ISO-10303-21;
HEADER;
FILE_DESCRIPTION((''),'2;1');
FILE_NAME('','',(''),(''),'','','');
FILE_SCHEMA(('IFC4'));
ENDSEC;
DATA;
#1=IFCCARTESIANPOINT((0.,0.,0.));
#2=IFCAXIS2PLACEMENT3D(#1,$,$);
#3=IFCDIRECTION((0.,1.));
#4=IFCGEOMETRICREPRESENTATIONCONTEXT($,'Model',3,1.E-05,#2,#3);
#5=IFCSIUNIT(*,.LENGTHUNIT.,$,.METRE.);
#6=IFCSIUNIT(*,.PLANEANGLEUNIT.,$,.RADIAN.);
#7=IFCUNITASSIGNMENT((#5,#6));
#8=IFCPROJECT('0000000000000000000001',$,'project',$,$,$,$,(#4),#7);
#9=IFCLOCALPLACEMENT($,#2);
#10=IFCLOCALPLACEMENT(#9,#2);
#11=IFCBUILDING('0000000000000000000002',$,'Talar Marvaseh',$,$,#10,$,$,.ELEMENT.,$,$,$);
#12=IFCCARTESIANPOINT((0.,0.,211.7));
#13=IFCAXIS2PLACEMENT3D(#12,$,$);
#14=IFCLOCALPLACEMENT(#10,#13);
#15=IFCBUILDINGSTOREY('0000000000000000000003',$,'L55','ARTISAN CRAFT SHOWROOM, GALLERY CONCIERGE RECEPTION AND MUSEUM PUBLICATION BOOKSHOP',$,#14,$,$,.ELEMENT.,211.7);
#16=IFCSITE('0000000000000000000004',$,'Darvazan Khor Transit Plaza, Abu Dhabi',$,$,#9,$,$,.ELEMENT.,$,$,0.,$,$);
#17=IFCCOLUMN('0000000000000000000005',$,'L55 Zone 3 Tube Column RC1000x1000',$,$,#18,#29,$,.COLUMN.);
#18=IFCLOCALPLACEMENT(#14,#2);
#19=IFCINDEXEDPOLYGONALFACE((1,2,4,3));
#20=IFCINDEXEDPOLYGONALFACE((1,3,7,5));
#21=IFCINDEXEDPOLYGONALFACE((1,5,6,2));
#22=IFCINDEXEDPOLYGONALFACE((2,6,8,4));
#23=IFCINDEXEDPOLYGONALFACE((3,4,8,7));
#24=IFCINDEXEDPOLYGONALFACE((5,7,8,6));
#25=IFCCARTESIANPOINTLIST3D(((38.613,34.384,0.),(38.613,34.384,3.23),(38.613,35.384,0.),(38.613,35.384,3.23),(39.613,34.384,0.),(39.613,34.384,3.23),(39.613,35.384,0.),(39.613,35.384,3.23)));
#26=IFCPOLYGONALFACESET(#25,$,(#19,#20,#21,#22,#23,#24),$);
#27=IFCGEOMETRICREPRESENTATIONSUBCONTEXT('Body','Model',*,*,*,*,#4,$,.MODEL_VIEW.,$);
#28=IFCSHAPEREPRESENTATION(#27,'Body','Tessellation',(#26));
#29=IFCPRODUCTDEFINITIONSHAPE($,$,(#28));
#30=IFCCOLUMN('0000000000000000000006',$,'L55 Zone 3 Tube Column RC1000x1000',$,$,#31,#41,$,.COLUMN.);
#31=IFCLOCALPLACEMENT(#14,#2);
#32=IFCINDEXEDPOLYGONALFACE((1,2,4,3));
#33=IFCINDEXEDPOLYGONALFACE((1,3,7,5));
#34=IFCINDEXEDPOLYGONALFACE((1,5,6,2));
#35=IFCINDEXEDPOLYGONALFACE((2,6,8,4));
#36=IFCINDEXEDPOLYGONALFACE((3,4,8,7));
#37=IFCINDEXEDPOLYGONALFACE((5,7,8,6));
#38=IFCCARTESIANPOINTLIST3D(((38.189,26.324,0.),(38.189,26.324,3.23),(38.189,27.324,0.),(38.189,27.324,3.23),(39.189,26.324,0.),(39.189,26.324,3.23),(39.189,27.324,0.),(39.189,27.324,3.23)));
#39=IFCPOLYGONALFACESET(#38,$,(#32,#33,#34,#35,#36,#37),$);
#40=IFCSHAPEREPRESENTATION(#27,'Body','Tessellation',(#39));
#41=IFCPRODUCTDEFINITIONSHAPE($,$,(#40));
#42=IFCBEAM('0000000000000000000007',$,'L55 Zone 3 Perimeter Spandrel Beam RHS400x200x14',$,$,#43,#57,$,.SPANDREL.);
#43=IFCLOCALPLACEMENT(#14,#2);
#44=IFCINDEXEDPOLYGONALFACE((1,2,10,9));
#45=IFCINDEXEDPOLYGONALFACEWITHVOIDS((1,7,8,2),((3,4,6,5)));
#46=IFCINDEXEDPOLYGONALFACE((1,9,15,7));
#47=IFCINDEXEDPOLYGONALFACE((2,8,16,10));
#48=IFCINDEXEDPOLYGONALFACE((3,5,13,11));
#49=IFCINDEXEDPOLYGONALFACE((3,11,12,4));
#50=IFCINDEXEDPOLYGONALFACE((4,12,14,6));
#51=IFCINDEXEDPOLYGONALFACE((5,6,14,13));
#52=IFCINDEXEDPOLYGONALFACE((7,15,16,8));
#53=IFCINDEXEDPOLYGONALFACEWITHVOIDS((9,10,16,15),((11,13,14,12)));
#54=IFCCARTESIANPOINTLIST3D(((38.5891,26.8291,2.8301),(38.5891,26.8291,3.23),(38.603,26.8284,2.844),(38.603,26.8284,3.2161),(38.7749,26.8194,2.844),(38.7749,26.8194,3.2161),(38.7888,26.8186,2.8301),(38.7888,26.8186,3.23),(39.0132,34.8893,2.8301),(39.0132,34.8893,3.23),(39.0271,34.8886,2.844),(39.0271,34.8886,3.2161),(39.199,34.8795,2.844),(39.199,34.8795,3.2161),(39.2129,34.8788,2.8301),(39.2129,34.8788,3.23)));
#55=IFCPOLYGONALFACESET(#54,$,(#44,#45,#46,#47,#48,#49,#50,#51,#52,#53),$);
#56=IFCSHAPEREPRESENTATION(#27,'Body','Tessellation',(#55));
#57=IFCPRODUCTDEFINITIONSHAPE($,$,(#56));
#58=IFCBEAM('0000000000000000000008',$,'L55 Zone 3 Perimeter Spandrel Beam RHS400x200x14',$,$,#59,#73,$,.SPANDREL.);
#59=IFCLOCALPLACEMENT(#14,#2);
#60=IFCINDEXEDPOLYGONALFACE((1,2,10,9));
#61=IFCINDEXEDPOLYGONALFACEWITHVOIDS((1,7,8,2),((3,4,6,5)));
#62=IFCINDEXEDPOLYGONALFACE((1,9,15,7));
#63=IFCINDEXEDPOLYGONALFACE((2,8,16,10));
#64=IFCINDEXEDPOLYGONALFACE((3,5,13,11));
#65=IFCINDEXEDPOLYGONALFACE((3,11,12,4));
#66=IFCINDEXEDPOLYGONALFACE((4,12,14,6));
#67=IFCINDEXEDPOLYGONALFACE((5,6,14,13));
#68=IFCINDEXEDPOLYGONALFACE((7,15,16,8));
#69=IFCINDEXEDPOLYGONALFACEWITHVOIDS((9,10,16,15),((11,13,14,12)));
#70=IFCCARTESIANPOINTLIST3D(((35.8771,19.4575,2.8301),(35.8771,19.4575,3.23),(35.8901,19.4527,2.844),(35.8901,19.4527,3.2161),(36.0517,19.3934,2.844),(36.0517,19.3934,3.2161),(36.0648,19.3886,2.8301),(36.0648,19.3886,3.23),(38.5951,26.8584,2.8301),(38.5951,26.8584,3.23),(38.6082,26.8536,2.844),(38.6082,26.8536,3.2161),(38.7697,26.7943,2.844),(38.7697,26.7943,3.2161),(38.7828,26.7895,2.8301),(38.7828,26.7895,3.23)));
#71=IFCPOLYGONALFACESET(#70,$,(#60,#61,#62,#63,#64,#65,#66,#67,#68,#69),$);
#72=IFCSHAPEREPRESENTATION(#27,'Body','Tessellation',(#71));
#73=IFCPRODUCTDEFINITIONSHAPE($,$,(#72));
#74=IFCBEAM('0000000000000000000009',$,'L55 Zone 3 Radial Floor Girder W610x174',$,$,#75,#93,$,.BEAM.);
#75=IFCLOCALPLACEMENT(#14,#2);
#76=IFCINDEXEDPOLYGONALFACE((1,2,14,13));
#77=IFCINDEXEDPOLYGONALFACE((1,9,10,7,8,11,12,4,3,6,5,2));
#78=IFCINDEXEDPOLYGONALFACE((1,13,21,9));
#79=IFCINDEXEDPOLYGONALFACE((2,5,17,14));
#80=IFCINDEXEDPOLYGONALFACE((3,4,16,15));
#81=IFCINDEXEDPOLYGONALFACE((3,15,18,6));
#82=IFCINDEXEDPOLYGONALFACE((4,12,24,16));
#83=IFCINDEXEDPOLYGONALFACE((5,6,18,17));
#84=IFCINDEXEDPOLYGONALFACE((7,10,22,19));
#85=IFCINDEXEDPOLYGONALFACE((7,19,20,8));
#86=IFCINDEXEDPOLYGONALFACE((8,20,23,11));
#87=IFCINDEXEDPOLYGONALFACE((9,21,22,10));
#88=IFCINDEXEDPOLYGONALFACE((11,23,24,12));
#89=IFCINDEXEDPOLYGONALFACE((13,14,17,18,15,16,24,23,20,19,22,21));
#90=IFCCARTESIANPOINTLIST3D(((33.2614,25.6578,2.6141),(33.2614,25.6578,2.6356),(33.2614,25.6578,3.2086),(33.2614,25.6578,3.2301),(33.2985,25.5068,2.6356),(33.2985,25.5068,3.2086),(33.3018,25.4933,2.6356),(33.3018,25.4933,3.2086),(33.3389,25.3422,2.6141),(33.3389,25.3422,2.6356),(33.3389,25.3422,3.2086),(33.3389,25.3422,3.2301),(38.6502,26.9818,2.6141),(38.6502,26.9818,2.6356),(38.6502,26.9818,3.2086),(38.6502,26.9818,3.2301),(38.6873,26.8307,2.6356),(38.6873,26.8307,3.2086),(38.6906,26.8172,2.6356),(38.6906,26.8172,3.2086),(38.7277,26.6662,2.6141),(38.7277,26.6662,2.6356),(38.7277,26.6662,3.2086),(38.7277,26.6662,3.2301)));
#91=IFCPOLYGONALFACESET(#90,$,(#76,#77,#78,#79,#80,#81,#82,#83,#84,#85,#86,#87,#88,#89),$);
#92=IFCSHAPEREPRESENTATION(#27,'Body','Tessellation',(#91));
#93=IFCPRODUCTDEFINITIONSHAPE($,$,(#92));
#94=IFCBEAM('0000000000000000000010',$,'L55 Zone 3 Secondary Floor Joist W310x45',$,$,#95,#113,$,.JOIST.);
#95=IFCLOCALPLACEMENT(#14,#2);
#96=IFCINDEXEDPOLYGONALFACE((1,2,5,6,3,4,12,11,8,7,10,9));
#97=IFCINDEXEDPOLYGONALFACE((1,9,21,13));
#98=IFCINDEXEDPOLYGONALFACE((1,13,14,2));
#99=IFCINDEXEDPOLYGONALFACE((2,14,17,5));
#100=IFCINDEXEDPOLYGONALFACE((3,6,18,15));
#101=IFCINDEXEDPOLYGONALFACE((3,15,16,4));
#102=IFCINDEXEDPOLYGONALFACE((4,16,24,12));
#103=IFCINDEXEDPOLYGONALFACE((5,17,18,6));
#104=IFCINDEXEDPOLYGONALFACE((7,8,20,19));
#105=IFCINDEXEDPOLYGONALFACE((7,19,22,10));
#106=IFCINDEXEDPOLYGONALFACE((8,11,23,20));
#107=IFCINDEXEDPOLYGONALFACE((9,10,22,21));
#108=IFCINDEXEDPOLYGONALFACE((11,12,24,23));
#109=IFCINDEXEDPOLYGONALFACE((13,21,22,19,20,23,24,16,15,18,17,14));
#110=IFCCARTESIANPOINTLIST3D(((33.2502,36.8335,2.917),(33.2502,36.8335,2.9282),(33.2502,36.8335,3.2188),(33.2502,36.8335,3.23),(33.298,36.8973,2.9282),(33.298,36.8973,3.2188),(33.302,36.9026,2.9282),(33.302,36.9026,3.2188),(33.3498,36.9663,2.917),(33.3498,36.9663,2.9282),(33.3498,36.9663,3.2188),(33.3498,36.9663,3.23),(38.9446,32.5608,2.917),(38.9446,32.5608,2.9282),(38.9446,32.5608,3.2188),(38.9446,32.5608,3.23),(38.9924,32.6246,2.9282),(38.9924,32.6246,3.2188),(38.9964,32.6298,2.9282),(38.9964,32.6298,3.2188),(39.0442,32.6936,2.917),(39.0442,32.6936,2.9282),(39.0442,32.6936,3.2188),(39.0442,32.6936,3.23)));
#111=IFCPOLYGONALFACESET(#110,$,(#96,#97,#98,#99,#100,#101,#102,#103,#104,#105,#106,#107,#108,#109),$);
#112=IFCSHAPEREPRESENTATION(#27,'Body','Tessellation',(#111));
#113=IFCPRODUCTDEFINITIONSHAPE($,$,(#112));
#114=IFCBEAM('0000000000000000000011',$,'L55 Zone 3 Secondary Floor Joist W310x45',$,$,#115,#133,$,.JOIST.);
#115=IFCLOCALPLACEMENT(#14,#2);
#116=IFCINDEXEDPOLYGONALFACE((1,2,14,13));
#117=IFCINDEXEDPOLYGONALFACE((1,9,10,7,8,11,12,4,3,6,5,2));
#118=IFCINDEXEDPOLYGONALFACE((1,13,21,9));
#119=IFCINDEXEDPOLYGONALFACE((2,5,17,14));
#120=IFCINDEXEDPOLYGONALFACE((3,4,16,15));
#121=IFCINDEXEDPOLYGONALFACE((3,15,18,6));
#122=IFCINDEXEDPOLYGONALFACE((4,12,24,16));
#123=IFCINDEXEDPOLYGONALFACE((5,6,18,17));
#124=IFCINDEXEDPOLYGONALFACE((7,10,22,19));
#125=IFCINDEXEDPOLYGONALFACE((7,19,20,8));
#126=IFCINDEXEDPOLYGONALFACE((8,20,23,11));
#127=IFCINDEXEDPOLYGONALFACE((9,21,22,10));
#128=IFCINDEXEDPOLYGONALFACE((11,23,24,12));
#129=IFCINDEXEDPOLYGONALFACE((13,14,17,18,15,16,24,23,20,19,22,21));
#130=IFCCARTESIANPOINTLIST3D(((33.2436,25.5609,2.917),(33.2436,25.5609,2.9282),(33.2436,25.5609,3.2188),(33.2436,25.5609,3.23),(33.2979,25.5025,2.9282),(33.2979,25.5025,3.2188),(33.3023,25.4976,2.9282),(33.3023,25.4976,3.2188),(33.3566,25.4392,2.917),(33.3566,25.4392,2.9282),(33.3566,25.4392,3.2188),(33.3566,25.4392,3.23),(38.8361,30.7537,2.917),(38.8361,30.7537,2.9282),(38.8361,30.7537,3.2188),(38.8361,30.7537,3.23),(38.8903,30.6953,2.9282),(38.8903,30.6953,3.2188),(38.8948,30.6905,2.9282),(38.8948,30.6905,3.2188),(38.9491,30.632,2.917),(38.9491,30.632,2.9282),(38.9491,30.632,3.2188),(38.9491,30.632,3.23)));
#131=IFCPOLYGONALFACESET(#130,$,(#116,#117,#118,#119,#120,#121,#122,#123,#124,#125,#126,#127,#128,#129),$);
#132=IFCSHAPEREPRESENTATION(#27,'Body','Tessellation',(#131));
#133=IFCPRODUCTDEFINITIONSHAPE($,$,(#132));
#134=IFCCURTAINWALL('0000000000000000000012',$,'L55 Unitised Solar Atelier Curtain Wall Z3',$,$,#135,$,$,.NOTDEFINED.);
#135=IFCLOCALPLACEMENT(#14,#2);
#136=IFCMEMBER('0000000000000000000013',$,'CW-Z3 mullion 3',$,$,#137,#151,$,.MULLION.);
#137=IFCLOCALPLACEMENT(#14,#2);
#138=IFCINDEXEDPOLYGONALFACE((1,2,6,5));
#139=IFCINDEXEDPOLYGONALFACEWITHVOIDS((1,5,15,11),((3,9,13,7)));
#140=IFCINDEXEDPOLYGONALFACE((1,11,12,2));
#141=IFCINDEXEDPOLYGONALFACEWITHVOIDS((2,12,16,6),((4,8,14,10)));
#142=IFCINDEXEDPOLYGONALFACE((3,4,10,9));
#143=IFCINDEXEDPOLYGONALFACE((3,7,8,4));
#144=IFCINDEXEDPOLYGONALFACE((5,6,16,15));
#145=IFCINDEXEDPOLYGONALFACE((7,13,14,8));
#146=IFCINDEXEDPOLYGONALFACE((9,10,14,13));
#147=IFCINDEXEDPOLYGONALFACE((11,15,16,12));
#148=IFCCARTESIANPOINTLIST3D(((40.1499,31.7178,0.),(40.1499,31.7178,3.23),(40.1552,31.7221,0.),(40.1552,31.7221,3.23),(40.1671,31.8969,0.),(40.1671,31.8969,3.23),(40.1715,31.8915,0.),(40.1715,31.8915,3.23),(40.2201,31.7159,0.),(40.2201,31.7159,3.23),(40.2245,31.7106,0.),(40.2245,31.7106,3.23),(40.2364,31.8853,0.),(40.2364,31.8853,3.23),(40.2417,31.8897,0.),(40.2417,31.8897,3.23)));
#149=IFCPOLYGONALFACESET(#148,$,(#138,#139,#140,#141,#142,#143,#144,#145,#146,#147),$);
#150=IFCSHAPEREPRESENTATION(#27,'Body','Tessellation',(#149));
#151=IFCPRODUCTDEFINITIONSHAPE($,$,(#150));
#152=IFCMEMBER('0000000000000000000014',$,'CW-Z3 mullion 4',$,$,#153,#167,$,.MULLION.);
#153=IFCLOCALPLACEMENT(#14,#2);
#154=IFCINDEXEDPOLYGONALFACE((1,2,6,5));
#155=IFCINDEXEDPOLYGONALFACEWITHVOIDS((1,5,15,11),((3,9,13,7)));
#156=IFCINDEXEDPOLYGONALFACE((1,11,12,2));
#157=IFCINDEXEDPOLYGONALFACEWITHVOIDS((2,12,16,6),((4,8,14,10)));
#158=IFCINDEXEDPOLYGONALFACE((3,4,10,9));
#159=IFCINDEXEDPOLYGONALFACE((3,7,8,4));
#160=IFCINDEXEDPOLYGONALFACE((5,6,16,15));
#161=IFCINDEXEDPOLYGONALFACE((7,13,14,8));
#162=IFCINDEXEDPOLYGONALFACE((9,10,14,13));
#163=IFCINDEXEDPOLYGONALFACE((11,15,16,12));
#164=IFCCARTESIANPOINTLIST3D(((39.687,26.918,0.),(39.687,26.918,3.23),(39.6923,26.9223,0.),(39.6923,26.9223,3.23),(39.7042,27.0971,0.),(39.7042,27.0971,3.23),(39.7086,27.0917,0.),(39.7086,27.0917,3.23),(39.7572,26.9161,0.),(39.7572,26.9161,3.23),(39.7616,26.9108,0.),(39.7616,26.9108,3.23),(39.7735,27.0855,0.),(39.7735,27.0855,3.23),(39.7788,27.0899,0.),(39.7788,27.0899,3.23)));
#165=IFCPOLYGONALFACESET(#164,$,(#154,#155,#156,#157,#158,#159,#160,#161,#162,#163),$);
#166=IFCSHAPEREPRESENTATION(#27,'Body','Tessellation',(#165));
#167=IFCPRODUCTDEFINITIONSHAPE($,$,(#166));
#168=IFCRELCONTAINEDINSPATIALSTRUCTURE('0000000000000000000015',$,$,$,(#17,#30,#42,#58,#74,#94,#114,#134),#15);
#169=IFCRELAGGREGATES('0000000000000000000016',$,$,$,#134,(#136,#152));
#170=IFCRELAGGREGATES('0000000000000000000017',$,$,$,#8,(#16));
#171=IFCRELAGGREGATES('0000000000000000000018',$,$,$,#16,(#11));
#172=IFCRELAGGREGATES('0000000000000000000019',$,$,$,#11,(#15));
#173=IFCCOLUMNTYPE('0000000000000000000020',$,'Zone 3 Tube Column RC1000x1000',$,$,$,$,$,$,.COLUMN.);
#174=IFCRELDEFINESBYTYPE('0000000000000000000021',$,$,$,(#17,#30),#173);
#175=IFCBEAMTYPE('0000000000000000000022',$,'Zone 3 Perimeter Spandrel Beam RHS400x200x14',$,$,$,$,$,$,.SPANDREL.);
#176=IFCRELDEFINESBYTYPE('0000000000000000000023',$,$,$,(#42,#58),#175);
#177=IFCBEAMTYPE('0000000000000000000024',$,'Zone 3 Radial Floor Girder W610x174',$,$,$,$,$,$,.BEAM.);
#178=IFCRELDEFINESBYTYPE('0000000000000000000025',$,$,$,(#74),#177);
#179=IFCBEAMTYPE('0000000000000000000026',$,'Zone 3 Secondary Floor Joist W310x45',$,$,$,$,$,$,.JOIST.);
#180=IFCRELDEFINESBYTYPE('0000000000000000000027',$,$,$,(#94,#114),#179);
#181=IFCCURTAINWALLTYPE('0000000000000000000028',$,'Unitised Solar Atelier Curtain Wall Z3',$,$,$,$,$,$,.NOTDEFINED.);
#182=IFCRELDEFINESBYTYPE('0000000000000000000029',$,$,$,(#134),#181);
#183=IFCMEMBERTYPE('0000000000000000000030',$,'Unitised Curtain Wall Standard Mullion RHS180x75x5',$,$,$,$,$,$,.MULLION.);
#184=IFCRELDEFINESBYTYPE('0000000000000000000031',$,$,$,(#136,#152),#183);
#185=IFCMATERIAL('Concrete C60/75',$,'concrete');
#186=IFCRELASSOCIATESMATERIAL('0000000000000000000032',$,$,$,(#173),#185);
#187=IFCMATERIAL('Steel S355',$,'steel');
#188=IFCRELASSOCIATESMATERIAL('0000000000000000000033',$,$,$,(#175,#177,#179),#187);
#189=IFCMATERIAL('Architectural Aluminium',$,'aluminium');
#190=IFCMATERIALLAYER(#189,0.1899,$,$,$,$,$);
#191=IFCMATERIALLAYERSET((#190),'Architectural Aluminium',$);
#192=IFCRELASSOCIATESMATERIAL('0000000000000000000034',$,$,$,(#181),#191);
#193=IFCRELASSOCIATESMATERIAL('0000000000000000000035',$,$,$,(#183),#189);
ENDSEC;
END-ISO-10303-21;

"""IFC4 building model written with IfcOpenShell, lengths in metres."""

from ifc_helpers import new_model, si_unit, direction, frame, origin, origin_2d, place, context, subcontext, project, spatial, rectangle, hollow_rectangle, i_section, extrude, source, transform, mapped, material, layer, layer_set, material_profile, profile_set, type_object, type_shapes, element, aggregate, save


model = new_model("IFC4")

# Units and contexts
model_context = context("Model", 3, precision=1e-05, world=origin(), true_north=direction((0.0, 1.0)))
body_context = subcontext(model_context, "Body", "Model", "MODEL_VIEW")
ifc_project = project(units=[si_unit("LENGTHUNIT", "METRE"), si_unit("PLANEANGLEUNIT", "RADIAN")], contexts=[model_context])

# Site, building, storey
site_placement = place(None, origin())
site = spatial("IfcSite", under=ifc_project, at=site_placement, Name="Darvazan Khor Transit Plaza, Abu Dhabi", CompositionType="ELEMENT", RefElevation=0.0)
building_placement = place(site_placement, origin())
building = spatial("IfcBuilding", under=site, at=building_placement, Name="Talar Marvaseh", CompositionType="ELEMENT")
storey_placement = place(building_placement, frame((0.0, 0.0, 211.7)))
storey = spatial("IfcBuildingStorey", under=building, at=storey_placement, Name="L55", Description="ARTISAN CRAFT SHOWROOM, GALLERY CONCIERGE RECEPTION AND MUSEUM PUBLICATION BOOKSHOP", CompositionType="ELEMENT", Elevation=211.7)

# Columns
ifc_material_1 = material(Name="Concrete C60/75", Category="concrete")
ifc_material_profile_1 = material_profile(ifc_material_1, rectangle(XDim=1.0, YDim=1.0, at=origin_2d()), Name="RC1000x1000")
ifc_profile_set_1 = profile_set([ifc_material_profile_1], Name="Concrete C60/75")
column_type = type_object("IfcColumnType", Name="Zone 3 Tube Column RC1000x1000", PredefinedType="COLUMN", material=ifc_profile_set_1)
for number, where, z_axis, x_axis, name in (
    (1, (39.113, 34.884, 0.0), (0.0, 0.0, 1.0), (1.0, 0.0, 0.0), "L55 Zone 3 Tube Column RC1000x1000"),
    (2, (38.689, 26.824, 0.0), (0.0, 0.0, 1.0), (1.0, 0.0, 0.0), "L55 Zone 3 Tube Column RC1000x1000"),
):
    element("IfcColumn", number, at=place(storey_placement, frame(where, z_axis=z_axis, x_axis=x_axis)), inside=storey, type_object=column_type, Name=name, PredefinedType="COLUMN", context=body_context, shape_type="SweptSolid", body=[
        extrude(rectangle(XDim=1.0, YDim=1.0, at=origin_2d()), origin(), (0.0, 0.0, 1.0), 3.23),
    ])

# Beams
ifc_material_2 = material(Name="Steel S355", Category="steel")
ifc_material_profile_2 = material_profile(ifc_material_2, hollow_rectangle(XDim=0.2, YDim=0.3999, WallThickness=0.0139, at=origin_2d()), Name="RHS400x200x14")
ifc_profile_set_2 = profile_set([ifc_material_profile_2], Name="Steel S355")
beam_type_1 = type_object("IfcBeamType", Name="Zone 3 Perimeter Spandrel Beam RHS400x200x14", PredefinedType="SPANDREL", material=ifc_profile_set_2)
beam_1_placement = place(storey_placement, frame((39.113, 34.884, 3.03), z_axis=(-0.052541, -0.998619, 0.0), x_axis=(0.998619, -0.052541, 0.0)))
element("IfcBeam", 3, at=beam_1_placement, inside=storey, type_object=beam_type_1, Name="L55 Zone 3 Perimeter Spandrel Beam RHS400x200x14", PredefinedType="SPANDREL", context=body_context, shape_type="SweptSolid", body=[
    extrude(hollow_rectangle(XDim=0.2, YDim=0.3999, WallThickness=0.0139, at=origin_2d()), origin(), (0.0, 0.0, 1.0), 8.0713),
])
beam_2_placement = place(storey_placement, frame((38.689, 26.824, 3.03), z_axis=(-0.344742, -0.938697, 0.0), x_axis=(0.938697, -0.344742, 0.0)))
element("IfcBeam", 4, at=beam_2_placement, inside=storey, type_object=beam_type_1, Name="L55 Zone 3 Perimeter Spandrel Beam RHS400x200x14", PredefinedType="SPANDREL", context=body_context, shape_type="SweptSolid", body=[
    extrude(hollow_rectangle(XDim=0.2, YDim=0.3999, WallThickness=0.0139, at=origin_2d()), origin(), (0.0, 0.0, 1.0), 7.8843),
])
ifc_material_profile_3 = material_profile(ifc_material_2, i_section(OverallWidth=0.325, OverallDepth=0.616, WebThickness=0.0139, FlangeThickness=0.0215, at=origin_2d()), Name="W610x174")
ifc_profile_set_3 = profile_set([ifc_material_profile_3], Name="Steel S355")
beam_type_2 = type_object("IfcBeamType", Name="Zone 3 Radial Floor Girder W610x174", PredefinedType="BEAM", material=ifc_profile_set_3)
beam_3_placement = place(storey_placement, frame((38.689, 26.824, 2.9221), z_axis=(-0.971121, -0.23859, 0.0), x_axis=(0.23859, -0.971121, 0.0)))
element("IfcBeam", 5, at=beam_3_placement, inside=storey, type_object=beam_type_2, Name="L55 Zone 3 Radial Floor Girder W610x174", PredefinedType="BEAM", context=body_context, shape_type="SweptSolid", body=[
    extrude(i_section(OverallWidth=0.325, OverallDepth=0.616, WebThickness=0.0139, FlangeThickness=0.0215, at=origin_2d()), origin(), (0.0, 0.0, 1.0), 5.5491),
])
ifc_material_profile_4 = material_profile(ifc_material_2, i_section(OverallWidth=0.166, OverallDepth=0.313, WebThickness=0.0066, FlangeThickness=0.0112, at=origin_2d()), Name="W310x45")
ifc_profile_set_4 = profile_set([ifc_material_profile_4], Name="Steel S355")
beam_type_3 = type_object("IfcBeamType", Name="Zone 3 Secondary Floor Joist W310x45", PredefinedType="JOIST", material=ifc_profile_set_4)
beam_4_placement = place(storey_placement, frame((38.9944, 32.6272, 3.0735), z_axis=(-0.799868, 0.600176, 0.0), x_axis=(-0.600176, -0.799868, 0.0)))
element("IfcBeam", 6, at=beam_4_placement, inside=storey, type_object=beam_type_3, Name="L55 Zone 3 Secondary Floor Joist W310x45", PredefinedType="JOIST", context=body_context, shape_type="SweptSolid", body=[
    extrude(i_section(OverallWidth=0.166, OverallDepth=0.313, WebThickness=0.0066, FlangeThickness=0.0112, at=origin_2d()), origin(), (0.0, 0.0, 1.0), 7.1191),
])
beam_5_placement = place(storey_placement, frame((38.8926, 30.6929, 3.0735), z_axis=(-0.732806, -0.680438, 0.0), x_axis=(0.680438, -0.732806, 0.0)))
element("IfcBeam", 7, at=beam_5_placement, inside=storey, type_object=beam_type_3, Name="L55 Zone 3 Secondary Floor Joist W310x45", PredefinedType="JOIST", context=body_context, shape_type="SweptSolid", body=[
    extrude(i_section(OverallWidth=0.166, OverallDepth=0.313, WebThickness=0.0066, FlangeThickness=0.0112, at=origin_2d()), origin(), (0.0, 0.0, 1.0), 7.6316),
])

# Curtain wall, members
ifc_material_3 = material(Name="Architectural Aluminium", Category="aluminium")
ifc_layer_1 = layer(ifc_material_3, 0.1899)
ifc_layer_set_1 = layer_set([ifc_layer_1], Name="Architectural Aluminium")
curtain_wall_type = type_object("IfcCurtainWallType", Name="Unitised Solar Atelier Curtain Wall Z3", PredefinedType="NOTDEFINED", material=ifc_layer_set_1)
curtain_wall_placement = place(storey_placement, origin())
curtain_wall = element("IfcCurtainWall", 8, at=curtain_wall_placement, inside=storey, type_object=curtain_wall_type, Name="L55 Unitised Solar Atelier Curtain Wall Z3", PredefinedType="NOTDEFINED")
ifc_material_profile_5 = material_profile(ifc_material_3, hollow_rectangle(XDim=0.075, YDim=0.1799, WallThickness=0.0049, at=origin_2d()), Name="RHS180x75x5")
ifc_profile_set_5 = profile_set([ifc_material_profile_5], Name="Architectural Aluminium")
member_type_1 = type_object("IfcMemberType", Name="Unitised Curtain Wall Standard Mullion RHS180x75x5", PredefinedType="MULLION", material=ifc_profile_set_5)
shared_shape_1 = source(origin(), body_context, "Body", "SweptSolid", [
    extrude(hollow_rectangle(XDim=0.075, YDim=0.1799, WallThickness=0.0049, at=origin_2d()), origin(), (0.0, 0.0, 1.0), 3.23),
])
type_shapes(member_type_1, [shared_shape_1])
member_1_placement = place(storey_placement, frame((40.1958, 31.8037, 0.0), z_axis=(0.0, 0.0, 1.0), x_axis=(0.995382, -0.095997, 0.0)))
member_1 = element("IfcMember", 9, at=member_1_placement, type_object=member_type_1, Name="CW-Z3 mullion 3", PredefinedType="MULLION", context=body_context, shape_type="MappedRepresentation", body=[
    mapped(shared_shape_1, transform((0.0, 0.0, 0.0), x_axis=(1.0, 0.0, 0.0), y_axis=(0.0, 1.0, 0.0), z_axis=(0.0, 0.0, 1.0), scale=1.0)),
])
member_2_placement = place(storey_placement, frame((39.7329, 27.0039, 0.0), z_axis=(0.0, 0.0, 1.0), x_axis=(0.995382, -0.095997, 0.0)))
member_2 = element("IfcMember", 10, at=member_2_placement, type_object=member_type_1, Name="CW-Z3 mullion 4", PredefinedType="MULLION", context=body_context, shape_type="MappedRepresentation", body=[
    mapped(shared_shape_1, transform((0.0, 0.0, 0.0), x_axis=(1.0, 0.0, 0.0), y_axis=(0.0, 1.0, 0.0), z_axis=(0.0, 0.0, 1.0), scale=1.0)),
])
aggregate(curtain_wall, [member_1, member_2])

save(model, "model.ifc")
